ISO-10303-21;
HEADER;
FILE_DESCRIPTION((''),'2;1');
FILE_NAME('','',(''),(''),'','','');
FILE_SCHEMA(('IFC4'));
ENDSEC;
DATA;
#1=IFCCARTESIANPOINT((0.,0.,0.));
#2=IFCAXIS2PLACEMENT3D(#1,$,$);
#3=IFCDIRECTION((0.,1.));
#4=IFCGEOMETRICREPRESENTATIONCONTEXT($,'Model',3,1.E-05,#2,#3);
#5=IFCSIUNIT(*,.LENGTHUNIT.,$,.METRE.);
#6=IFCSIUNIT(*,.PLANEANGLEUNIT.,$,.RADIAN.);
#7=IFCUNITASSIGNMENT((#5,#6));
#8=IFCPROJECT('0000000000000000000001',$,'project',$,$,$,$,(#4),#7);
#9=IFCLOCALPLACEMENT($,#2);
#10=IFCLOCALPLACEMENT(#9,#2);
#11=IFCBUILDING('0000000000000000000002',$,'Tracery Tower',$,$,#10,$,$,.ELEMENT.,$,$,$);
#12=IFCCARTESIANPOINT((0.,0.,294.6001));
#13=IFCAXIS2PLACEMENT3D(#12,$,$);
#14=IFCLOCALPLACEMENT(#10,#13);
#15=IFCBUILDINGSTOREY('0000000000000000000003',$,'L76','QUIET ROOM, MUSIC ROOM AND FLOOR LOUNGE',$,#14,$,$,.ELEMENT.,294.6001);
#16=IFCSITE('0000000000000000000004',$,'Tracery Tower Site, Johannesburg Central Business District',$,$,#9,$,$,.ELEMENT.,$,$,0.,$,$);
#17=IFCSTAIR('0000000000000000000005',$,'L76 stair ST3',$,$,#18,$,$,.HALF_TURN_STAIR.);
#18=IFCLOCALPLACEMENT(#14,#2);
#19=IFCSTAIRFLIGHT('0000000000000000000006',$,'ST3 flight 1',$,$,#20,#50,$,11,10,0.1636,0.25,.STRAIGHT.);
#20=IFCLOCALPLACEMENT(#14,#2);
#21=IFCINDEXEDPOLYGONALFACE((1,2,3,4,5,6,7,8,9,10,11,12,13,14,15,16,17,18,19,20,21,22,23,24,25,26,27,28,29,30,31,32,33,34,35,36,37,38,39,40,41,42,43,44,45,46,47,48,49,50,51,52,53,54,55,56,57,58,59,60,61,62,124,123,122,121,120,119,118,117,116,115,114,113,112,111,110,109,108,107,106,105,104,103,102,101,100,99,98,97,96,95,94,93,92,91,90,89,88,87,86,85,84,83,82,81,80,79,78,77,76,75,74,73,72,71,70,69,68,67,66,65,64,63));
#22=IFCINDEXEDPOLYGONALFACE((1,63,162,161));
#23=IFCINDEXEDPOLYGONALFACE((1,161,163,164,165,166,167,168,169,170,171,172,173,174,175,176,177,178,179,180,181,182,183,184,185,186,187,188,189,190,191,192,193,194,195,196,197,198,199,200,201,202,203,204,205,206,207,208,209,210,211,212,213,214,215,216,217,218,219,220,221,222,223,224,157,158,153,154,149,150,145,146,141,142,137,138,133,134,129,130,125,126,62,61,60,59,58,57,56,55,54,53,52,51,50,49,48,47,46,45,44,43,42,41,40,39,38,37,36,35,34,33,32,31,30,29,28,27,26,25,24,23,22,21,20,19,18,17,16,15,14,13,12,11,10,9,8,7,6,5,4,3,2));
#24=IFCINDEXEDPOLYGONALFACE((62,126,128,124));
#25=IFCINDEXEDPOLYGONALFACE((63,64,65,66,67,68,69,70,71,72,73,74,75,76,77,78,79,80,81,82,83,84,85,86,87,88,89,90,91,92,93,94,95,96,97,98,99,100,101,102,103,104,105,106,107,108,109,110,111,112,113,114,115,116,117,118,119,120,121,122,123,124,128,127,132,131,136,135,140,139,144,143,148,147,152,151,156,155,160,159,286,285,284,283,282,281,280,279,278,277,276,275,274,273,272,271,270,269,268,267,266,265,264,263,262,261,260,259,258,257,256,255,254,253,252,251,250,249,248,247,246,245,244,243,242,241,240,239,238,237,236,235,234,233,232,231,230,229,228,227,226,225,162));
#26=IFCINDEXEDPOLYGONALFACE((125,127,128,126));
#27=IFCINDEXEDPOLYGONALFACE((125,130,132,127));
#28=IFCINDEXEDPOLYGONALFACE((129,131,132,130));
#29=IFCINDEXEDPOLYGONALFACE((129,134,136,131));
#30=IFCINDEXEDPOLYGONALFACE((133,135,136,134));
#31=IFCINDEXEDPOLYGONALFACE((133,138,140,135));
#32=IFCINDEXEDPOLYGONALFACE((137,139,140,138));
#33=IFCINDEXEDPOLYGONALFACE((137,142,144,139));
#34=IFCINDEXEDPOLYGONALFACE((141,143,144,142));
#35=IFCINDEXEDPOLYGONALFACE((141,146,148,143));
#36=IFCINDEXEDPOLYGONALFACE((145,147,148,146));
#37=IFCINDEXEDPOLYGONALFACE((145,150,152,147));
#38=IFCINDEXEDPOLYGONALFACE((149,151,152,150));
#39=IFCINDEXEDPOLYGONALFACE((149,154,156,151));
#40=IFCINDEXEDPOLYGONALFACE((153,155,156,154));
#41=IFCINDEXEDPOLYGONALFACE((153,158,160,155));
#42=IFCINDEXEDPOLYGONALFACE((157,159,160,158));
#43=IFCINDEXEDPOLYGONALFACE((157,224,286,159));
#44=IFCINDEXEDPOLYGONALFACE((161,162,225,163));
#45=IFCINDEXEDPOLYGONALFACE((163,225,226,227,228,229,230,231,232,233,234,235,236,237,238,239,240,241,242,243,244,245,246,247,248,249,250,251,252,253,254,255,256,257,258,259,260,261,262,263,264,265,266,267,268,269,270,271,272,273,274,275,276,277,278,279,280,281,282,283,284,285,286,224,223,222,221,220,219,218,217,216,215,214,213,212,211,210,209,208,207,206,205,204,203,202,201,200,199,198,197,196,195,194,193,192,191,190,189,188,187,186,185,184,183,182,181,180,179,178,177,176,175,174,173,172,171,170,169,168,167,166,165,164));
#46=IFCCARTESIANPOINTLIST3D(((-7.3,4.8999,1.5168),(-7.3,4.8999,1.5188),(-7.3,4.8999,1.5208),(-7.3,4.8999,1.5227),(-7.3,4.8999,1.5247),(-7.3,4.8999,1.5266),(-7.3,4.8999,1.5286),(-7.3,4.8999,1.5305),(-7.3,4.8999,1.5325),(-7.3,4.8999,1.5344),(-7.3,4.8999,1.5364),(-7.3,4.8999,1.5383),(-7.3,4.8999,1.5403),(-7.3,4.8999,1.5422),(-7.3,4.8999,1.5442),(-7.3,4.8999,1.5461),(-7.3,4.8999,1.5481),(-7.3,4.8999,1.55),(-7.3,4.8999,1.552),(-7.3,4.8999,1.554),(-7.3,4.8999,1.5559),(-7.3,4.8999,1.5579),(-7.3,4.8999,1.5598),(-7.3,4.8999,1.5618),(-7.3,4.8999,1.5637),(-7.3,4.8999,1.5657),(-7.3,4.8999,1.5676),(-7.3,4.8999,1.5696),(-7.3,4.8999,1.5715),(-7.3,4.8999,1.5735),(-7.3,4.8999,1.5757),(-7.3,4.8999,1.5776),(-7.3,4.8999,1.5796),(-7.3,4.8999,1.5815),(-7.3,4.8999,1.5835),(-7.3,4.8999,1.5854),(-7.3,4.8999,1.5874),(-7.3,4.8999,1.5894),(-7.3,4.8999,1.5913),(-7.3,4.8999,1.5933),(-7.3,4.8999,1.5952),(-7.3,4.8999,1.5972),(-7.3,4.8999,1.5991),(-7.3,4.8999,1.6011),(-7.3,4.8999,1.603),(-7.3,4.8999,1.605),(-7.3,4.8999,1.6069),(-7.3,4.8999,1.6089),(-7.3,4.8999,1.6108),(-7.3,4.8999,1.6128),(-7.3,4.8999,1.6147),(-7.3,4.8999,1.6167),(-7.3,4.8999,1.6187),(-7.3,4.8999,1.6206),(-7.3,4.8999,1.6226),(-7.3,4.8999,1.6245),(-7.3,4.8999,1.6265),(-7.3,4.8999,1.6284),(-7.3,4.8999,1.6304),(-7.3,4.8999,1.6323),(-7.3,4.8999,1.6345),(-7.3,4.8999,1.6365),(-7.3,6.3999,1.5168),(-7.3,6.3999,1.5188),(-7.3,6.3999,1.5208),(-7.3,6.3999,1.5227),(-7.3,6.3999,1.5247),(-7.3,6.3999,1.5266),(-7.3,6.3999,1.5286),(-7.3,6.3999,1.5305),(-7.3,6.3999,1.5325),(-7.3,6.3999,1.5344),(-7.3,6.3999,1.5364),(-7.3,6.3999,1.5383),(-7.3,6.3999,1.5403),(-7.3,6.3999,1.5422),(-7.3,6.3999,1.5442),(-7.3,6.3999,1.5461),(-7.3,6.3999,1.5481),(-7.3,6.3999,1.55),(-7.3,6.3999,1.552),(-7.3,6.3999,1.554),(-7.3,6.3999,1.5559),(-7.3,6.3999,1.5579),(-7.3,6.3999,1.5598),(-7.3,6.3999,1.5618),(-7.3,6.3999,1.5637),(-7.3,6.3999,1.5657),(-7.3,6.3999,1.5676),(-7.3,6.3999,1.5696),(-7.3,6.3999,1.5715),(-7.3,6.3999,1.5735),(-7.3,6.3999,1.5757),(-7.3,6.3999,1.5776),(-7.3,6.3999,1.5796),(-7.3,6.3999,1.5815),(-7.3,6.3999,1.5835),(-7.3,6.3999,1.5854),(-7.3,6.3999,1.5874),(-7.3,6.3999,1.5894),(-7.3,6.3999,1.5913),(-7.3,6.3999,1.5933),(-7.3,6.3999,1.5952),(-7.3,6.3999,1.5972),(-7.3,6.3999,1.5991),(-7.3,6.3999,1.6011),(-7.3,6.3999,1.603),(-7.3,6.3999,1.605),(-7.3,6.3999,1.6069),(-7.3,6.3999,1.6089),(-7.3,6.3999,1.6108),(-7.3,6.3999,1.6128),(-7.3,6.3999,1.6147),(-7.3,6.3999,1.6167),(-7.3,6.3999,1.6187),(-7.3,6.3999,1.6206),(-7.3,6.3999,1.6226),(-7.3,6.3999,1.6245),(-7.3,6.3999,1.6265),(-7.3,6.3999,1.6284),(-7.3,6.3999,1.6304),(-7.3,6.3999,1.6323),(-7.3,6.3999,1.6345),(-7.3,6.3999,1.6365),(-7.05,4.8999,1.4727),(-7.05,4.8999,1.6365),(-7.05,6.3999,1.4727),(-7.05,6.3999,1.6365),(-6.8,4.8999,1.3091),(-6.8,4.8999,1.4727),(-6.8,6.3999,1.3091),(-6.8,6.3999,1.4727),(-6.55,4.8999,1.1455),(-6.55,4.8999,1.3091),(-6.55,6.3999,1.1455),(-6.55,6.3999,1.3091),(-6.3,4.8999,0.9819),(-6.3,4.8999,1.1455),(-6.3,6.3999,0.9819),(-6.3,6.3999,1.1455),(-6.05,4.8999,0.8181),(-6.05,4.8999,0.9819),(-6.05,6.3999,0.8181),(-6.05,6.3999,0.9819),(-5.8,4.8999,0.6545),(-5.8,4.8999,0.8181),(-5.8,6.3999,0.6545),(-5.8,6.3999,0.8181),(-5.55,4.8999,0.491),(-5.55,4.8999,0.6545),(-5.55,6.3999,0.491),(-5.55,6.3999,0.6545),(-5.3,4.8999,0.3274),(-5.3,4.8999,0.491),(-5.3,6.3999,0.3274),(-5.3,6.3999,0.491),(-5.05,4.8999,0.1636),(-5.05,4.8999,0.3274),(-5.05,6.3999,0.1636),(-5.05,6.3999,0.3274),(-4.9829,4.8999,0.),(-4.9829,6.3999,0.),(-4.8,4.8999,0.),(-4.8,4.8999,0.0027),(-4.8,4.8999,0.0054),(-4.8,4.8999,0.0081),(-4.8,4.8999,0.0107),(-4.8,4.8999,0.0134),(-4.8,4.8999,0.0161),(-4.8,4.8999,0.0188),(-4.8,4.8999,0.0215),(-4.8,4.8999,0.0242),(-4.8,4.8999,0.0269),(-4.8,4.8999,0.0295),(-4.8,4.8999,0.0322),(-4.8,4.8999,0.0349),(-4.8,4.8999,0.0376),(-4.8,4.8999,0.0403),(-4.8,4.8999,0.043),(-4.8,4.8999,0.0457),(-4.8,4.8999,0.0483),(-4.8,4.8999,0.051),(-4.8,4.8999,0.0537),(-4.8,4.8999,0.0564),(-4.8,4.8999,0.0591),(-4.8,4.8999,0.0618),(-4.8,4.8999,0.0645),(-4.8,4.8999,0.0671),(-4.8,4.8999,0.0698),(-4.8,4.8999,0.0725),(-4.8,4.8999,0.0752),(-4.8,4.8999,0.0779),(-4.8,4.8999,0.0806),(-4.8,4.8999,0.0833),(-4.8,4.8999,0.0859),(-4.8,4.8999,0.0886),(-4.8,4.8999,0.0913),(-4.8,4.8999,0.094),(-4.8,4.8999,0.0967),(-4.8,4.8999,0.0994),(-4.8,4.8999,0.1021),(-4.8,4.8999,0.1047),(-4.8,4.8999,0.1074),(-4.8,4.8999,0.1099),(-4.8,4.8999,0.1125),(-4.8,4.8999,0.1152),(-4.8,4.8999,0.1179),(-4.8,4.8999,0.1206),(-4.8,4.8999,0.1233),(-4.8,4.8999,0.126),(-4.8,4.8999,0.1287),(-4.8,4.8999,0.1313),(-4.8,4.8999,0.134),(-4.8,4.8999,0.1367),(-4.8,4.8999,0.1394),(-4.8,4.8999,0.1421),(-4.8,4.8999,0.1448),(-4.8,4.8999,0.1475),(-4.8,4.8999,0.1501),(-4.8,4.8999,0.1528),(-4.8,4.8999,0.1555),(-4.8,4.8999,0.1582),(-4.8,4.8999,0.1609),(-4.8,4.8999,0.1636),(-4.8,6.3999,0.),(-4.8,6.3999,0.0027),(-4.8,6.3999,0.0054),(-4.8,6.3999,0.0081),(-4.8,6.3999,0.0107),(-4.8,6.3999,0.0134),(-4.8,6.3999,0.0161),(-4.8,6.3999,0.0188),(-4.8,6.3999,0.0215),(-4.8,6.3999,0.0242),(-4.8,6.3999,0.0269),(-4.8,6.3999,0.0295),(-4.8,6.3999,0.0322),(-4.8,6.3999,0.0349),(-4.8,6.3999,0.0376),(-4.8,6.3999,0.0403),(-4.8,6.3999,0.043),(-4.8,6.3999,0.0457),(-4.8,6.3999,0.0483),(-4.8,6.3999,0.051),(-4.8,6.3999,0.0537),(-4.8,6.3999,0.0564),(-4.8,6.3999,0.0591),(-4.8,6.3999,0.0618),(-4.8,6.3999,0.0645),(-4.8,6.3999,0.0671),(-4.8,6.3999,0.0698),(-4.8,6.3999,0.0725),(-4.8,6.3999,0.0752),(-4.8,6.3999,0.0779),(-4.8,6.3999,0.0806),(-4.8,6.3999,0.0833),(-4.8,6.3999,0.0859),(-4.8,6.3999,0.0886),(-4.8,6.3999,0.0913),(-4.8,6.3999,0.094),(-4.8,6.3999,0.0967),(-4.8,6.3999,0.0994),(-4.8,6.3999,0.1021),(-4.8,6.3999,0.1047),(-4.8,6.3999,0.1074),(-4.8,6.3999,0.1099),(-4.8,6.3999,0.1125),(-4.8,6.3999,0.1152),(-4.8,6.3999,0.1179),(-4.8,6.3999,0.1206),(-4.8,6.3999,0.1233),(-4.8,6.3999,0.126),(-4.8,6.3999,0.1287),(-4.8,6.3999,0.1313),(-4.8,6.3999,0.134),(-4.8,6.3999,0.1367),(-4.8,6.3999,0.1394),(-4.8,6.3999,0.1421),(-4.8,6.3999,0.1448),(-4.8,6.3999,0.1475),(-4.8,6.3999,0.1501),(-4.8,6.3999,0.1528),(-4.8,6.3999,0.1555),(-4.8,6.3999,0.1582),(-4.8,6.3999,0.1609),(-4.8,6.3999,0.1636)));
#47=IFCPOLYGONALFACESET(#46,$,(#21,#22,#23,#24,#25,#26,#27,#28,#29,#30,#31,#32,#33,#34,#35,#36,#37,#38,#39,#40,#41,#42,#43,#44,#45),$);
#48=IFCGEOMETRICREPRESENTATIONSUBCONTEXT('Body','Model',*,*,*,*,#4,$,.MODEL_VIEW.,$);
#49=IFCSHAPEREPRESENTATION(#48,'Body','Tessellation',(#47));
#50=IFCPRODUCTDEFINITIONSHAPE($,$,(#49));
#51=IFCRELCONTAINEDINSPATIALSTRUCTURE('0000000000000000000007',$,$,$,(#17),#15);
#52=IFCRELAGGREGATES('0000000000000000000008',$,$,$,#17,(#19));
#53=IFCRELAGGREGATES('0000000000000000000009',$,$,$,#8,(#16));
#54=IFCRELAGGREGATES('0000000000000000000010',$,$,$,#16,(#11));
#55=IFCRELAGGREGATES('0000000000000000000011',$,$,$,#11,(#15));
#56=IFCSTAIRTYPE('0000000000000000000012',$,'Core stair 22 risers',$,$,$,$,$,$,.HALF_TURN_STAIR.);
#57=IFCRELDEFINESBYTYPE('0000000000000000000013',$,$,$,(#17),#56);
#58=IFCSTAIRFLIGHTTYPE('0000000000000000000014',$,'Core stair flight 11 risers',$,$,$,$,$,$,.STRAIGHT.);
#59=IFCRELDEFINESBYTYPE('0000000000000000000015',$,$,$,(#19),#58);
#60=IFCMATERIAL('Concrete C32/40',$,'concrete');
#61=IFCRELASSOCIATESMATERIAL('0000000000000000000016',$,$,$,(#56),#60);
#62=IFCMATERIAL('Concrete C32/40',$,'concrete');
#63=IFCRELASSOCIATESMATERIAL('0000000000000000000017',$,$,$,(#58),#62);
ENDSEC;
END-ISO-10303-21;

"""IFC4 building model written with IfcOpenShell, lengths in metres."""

from ifc_helpers import new_model, si_unit, direction, frame, origin, place, context, subcontext, project, spatial, polyline, outline, extrude, material, type_object, element, aggregate, save


model = new_model("IFC4")

# Units and contexts
model_context = context("Model", 3, precision=1e-05, world=origin(), true_north=direction((0.0, 1.0)))
body_context = subcontext(model_context, "Body", "Model", "MODEL_VIEW")
ifc_project = project(units=[si_unit("LENGTHUNIT", "METRE"), si_unit("PLANEANGLEUNIT", "RADIAN")], contexts=[model_context])

# Site, building, storey
site_placement = place(None, origin())
site = spatial("IfcSite", under=ifc_project, at=site_placement, Name="Tracery Tower Site, Johannesburg Central Business District", CompositionType="ELEMENT", RefElevation=0.0)
building_placement = place(site_placement, origin())
building = spatial("IfcBuilding", under=site, at=building_placement, Name="Tracery Tower", CompositionType="ELEMENT")
storey_placement = place(building_placement, frame((0.0, 0.0, 294.6001)))
storey = spatial("IfcBuildingStorey", under=building, at=storey_placement, Name="L76", Description="QUIET ROOM, MUSIC ROOM AND FLOOR LOUNGE", CompositionType="ELEMENT", Elevation=294.6001)

# Stair, stair flight
ifc_material_1 = material(Name="Concrete C32/40", Category="concrete")
stair_type = type_object("IfcStairType", Name="Core stair 22 risers", PredefinedType="HALF_TURN_STAIR", material=ifc_material_1)
stair_placement = place(storey_placement, origin())
stair = element("IfcStair", 1, at=stair_placement, inside=storey, type_object=stair_type, Name="L76 stair ST3", PredefinedType="HALF_TURN_STAIR")
ifc_material_2 = material(Name="Concrete C32/40", Category="concrete")
stair_flight_type = type_object("IfcStairFlightType", Name="Core stair flight 11 risers", PredefinedType="STRAIGHT", material=ifc_material_2)
stair_flight_1_placement = place(storey_placement, frame((-4.8, 5.6499, 0.0), z_axis=(0.0, 0.0, 1.0), x_axis=(-1.0, 0.0, 0.0)))
stair_flight_1 = element("IfcStairFlight", 2, at=stair_flight_1_placement, type_object=stair_flight_type, Name="ST3 flight 1", NumberOfRisers=11, NumberOfTreads=10, PredefinedType="STRAIGHT", RiserHeight=0.1636, TreadLength=0.25, context=body_context, shape_type="SweptSolid", body=[
    extrude(outline(polyline([(0.0, 0.0), (0.0, 0.0027), (0.0, 0.0054), (0.0, 0.0081), (0.0, 0.0107), (0.0, 0.0134), (0.0, 0.0161), (0.0, 0.0188), (0.0, 0.0215), (0.0, 0.0242), (0.0, 0.0269), (0.0, 0.0295), (0.0, 0.0322), (0.0, 0.0349), (0.0, 0.0376), (0.0, 0.0403), (0.0, 0.043), (0.0, 0.0457), (0.0, 0.0483), (0.0, 0.051), (0.0, 0.0537), (0.0, 0.0564), (0.0, 0.0591), (0.0, 0.0618), (0.0, 0.0645), (0.0, 0.0671), (0.0, 0.0698), (0.0, 0.0725), (0.0, 0.0752), (0.0, 0.0779), (0.0, 0.0806), (0.0, 0.0833), (0.0, 0.0859), (0.0, 0.0886), (0.0, 0.0913), (0.0, 0.094), (0.0, 0.0967), (0.0, 0.0994), (0.0, 0.1021), (0.0, 0.1047), (0.0, 0.1074), (0.0, 0.1099), (0.0, 0.1125), (0.0, 0.1152), (0.0, 0.1179), (0.0, 0.1206), (0.0, 0.1233), (0.0, 0.126), (0.0, 0.1287), (0.0, 0.1313), (0.0, 0.134), (0.0, 0.1367), (0.0, 0.1394), (0.0, 0.1421), (0.0, 0.1448), (0.0, 0.1475), (0.0, 0.1501), (0.0, 0.1528), (0.0, 0.1555), (0.0, 0.1582), (0.0, 0.1609), (0.0, 0.1636), (0.25, 0.1636), (0.25, 0.3274), (0.5, 0.3274), (0.5, 0.491), (0.75, 0.491), (0.75, 0.6545), (1.0, 0.6545), (1.0, 0.8181), (1.25, 0.8181), (1.25, 0.9819), (1.5, 0.9819), (1.5, 1.1455), (1.75, 1.1455), (1.75, 1.3091), (2.0, 1.3091), (2.0, 1.4727), (2.25, 1.4727), (2.25, 1.6365), (2.5, 1.6365), (2.5, 1.6345), (2.5, 1.6323), (2.5, 1.6304), (2.5, 1.6284), (2.5, 1.6265), (2.5, 1.6245), (2.5, 1.6226), (2.5, 1.6206), (2.5, 1.6187), (2.5, 1.6167), (2.5, 1.6147), (2.5, 1.6128), (2.5, 1.6108), (2.5, 1.6089), (2.5, 1.6069), (2.5, 1.605), (2.5, 1.603), (2.5, 1.6011), (2.5, 1.5991), (2.5, 1.5972), (2.5, 1.5952), (2.5, 1.5933), (2.5, 1.5913), (2.5, 1.5894), (2.5, 1.5874), (2.5, 1.5854), (2.5, 1.5835), (2.5, 1.5815), (2.5, 1.5796), (2.5, 1.5776), (2.5, 1.5757), (2.5, 1.5735), (2.5, 1.5715), (2.5, 1.5696), (2.5, 1.5676), (2.5, 1.5657), (2.5, 1.5637), (2.5, 1.5618), (2.5, 1.5598), (2.5, 1.5579), (2.5, 1.5559), (2.5, 1.554), (2.5, 1.552), (2.5, 1.55), (2.5, 1.5481), (2.5, 1.5461), (2.5, 1.5442), (2.5, 1.5422), (2.5, 1.5403), (2.5, 1.5383), (2.5, 1.5364), (2.5, 1.5344), (2.5, 1.5325), (2.5, 1.5305), (2.5, 1.5286), (2.5, 1.5266), (2.5, 1.5247), (2.5, 1.5227), (2.5, 1.5208), (2.5, 1.5188), (2.5, 1.5168), (0.1829, 0.0), (0.0, 0.0)])), frame((0.0, 0.75, 0.0), z_axis=(0.0, -1.0, 0.0), x_axis=(1.0, 0.0, 0.0)), (0.0, 0.0, 1.0), 1.5),
])
aggregate(stair, [stair_flight_1])

save(model, "model.ifc")
